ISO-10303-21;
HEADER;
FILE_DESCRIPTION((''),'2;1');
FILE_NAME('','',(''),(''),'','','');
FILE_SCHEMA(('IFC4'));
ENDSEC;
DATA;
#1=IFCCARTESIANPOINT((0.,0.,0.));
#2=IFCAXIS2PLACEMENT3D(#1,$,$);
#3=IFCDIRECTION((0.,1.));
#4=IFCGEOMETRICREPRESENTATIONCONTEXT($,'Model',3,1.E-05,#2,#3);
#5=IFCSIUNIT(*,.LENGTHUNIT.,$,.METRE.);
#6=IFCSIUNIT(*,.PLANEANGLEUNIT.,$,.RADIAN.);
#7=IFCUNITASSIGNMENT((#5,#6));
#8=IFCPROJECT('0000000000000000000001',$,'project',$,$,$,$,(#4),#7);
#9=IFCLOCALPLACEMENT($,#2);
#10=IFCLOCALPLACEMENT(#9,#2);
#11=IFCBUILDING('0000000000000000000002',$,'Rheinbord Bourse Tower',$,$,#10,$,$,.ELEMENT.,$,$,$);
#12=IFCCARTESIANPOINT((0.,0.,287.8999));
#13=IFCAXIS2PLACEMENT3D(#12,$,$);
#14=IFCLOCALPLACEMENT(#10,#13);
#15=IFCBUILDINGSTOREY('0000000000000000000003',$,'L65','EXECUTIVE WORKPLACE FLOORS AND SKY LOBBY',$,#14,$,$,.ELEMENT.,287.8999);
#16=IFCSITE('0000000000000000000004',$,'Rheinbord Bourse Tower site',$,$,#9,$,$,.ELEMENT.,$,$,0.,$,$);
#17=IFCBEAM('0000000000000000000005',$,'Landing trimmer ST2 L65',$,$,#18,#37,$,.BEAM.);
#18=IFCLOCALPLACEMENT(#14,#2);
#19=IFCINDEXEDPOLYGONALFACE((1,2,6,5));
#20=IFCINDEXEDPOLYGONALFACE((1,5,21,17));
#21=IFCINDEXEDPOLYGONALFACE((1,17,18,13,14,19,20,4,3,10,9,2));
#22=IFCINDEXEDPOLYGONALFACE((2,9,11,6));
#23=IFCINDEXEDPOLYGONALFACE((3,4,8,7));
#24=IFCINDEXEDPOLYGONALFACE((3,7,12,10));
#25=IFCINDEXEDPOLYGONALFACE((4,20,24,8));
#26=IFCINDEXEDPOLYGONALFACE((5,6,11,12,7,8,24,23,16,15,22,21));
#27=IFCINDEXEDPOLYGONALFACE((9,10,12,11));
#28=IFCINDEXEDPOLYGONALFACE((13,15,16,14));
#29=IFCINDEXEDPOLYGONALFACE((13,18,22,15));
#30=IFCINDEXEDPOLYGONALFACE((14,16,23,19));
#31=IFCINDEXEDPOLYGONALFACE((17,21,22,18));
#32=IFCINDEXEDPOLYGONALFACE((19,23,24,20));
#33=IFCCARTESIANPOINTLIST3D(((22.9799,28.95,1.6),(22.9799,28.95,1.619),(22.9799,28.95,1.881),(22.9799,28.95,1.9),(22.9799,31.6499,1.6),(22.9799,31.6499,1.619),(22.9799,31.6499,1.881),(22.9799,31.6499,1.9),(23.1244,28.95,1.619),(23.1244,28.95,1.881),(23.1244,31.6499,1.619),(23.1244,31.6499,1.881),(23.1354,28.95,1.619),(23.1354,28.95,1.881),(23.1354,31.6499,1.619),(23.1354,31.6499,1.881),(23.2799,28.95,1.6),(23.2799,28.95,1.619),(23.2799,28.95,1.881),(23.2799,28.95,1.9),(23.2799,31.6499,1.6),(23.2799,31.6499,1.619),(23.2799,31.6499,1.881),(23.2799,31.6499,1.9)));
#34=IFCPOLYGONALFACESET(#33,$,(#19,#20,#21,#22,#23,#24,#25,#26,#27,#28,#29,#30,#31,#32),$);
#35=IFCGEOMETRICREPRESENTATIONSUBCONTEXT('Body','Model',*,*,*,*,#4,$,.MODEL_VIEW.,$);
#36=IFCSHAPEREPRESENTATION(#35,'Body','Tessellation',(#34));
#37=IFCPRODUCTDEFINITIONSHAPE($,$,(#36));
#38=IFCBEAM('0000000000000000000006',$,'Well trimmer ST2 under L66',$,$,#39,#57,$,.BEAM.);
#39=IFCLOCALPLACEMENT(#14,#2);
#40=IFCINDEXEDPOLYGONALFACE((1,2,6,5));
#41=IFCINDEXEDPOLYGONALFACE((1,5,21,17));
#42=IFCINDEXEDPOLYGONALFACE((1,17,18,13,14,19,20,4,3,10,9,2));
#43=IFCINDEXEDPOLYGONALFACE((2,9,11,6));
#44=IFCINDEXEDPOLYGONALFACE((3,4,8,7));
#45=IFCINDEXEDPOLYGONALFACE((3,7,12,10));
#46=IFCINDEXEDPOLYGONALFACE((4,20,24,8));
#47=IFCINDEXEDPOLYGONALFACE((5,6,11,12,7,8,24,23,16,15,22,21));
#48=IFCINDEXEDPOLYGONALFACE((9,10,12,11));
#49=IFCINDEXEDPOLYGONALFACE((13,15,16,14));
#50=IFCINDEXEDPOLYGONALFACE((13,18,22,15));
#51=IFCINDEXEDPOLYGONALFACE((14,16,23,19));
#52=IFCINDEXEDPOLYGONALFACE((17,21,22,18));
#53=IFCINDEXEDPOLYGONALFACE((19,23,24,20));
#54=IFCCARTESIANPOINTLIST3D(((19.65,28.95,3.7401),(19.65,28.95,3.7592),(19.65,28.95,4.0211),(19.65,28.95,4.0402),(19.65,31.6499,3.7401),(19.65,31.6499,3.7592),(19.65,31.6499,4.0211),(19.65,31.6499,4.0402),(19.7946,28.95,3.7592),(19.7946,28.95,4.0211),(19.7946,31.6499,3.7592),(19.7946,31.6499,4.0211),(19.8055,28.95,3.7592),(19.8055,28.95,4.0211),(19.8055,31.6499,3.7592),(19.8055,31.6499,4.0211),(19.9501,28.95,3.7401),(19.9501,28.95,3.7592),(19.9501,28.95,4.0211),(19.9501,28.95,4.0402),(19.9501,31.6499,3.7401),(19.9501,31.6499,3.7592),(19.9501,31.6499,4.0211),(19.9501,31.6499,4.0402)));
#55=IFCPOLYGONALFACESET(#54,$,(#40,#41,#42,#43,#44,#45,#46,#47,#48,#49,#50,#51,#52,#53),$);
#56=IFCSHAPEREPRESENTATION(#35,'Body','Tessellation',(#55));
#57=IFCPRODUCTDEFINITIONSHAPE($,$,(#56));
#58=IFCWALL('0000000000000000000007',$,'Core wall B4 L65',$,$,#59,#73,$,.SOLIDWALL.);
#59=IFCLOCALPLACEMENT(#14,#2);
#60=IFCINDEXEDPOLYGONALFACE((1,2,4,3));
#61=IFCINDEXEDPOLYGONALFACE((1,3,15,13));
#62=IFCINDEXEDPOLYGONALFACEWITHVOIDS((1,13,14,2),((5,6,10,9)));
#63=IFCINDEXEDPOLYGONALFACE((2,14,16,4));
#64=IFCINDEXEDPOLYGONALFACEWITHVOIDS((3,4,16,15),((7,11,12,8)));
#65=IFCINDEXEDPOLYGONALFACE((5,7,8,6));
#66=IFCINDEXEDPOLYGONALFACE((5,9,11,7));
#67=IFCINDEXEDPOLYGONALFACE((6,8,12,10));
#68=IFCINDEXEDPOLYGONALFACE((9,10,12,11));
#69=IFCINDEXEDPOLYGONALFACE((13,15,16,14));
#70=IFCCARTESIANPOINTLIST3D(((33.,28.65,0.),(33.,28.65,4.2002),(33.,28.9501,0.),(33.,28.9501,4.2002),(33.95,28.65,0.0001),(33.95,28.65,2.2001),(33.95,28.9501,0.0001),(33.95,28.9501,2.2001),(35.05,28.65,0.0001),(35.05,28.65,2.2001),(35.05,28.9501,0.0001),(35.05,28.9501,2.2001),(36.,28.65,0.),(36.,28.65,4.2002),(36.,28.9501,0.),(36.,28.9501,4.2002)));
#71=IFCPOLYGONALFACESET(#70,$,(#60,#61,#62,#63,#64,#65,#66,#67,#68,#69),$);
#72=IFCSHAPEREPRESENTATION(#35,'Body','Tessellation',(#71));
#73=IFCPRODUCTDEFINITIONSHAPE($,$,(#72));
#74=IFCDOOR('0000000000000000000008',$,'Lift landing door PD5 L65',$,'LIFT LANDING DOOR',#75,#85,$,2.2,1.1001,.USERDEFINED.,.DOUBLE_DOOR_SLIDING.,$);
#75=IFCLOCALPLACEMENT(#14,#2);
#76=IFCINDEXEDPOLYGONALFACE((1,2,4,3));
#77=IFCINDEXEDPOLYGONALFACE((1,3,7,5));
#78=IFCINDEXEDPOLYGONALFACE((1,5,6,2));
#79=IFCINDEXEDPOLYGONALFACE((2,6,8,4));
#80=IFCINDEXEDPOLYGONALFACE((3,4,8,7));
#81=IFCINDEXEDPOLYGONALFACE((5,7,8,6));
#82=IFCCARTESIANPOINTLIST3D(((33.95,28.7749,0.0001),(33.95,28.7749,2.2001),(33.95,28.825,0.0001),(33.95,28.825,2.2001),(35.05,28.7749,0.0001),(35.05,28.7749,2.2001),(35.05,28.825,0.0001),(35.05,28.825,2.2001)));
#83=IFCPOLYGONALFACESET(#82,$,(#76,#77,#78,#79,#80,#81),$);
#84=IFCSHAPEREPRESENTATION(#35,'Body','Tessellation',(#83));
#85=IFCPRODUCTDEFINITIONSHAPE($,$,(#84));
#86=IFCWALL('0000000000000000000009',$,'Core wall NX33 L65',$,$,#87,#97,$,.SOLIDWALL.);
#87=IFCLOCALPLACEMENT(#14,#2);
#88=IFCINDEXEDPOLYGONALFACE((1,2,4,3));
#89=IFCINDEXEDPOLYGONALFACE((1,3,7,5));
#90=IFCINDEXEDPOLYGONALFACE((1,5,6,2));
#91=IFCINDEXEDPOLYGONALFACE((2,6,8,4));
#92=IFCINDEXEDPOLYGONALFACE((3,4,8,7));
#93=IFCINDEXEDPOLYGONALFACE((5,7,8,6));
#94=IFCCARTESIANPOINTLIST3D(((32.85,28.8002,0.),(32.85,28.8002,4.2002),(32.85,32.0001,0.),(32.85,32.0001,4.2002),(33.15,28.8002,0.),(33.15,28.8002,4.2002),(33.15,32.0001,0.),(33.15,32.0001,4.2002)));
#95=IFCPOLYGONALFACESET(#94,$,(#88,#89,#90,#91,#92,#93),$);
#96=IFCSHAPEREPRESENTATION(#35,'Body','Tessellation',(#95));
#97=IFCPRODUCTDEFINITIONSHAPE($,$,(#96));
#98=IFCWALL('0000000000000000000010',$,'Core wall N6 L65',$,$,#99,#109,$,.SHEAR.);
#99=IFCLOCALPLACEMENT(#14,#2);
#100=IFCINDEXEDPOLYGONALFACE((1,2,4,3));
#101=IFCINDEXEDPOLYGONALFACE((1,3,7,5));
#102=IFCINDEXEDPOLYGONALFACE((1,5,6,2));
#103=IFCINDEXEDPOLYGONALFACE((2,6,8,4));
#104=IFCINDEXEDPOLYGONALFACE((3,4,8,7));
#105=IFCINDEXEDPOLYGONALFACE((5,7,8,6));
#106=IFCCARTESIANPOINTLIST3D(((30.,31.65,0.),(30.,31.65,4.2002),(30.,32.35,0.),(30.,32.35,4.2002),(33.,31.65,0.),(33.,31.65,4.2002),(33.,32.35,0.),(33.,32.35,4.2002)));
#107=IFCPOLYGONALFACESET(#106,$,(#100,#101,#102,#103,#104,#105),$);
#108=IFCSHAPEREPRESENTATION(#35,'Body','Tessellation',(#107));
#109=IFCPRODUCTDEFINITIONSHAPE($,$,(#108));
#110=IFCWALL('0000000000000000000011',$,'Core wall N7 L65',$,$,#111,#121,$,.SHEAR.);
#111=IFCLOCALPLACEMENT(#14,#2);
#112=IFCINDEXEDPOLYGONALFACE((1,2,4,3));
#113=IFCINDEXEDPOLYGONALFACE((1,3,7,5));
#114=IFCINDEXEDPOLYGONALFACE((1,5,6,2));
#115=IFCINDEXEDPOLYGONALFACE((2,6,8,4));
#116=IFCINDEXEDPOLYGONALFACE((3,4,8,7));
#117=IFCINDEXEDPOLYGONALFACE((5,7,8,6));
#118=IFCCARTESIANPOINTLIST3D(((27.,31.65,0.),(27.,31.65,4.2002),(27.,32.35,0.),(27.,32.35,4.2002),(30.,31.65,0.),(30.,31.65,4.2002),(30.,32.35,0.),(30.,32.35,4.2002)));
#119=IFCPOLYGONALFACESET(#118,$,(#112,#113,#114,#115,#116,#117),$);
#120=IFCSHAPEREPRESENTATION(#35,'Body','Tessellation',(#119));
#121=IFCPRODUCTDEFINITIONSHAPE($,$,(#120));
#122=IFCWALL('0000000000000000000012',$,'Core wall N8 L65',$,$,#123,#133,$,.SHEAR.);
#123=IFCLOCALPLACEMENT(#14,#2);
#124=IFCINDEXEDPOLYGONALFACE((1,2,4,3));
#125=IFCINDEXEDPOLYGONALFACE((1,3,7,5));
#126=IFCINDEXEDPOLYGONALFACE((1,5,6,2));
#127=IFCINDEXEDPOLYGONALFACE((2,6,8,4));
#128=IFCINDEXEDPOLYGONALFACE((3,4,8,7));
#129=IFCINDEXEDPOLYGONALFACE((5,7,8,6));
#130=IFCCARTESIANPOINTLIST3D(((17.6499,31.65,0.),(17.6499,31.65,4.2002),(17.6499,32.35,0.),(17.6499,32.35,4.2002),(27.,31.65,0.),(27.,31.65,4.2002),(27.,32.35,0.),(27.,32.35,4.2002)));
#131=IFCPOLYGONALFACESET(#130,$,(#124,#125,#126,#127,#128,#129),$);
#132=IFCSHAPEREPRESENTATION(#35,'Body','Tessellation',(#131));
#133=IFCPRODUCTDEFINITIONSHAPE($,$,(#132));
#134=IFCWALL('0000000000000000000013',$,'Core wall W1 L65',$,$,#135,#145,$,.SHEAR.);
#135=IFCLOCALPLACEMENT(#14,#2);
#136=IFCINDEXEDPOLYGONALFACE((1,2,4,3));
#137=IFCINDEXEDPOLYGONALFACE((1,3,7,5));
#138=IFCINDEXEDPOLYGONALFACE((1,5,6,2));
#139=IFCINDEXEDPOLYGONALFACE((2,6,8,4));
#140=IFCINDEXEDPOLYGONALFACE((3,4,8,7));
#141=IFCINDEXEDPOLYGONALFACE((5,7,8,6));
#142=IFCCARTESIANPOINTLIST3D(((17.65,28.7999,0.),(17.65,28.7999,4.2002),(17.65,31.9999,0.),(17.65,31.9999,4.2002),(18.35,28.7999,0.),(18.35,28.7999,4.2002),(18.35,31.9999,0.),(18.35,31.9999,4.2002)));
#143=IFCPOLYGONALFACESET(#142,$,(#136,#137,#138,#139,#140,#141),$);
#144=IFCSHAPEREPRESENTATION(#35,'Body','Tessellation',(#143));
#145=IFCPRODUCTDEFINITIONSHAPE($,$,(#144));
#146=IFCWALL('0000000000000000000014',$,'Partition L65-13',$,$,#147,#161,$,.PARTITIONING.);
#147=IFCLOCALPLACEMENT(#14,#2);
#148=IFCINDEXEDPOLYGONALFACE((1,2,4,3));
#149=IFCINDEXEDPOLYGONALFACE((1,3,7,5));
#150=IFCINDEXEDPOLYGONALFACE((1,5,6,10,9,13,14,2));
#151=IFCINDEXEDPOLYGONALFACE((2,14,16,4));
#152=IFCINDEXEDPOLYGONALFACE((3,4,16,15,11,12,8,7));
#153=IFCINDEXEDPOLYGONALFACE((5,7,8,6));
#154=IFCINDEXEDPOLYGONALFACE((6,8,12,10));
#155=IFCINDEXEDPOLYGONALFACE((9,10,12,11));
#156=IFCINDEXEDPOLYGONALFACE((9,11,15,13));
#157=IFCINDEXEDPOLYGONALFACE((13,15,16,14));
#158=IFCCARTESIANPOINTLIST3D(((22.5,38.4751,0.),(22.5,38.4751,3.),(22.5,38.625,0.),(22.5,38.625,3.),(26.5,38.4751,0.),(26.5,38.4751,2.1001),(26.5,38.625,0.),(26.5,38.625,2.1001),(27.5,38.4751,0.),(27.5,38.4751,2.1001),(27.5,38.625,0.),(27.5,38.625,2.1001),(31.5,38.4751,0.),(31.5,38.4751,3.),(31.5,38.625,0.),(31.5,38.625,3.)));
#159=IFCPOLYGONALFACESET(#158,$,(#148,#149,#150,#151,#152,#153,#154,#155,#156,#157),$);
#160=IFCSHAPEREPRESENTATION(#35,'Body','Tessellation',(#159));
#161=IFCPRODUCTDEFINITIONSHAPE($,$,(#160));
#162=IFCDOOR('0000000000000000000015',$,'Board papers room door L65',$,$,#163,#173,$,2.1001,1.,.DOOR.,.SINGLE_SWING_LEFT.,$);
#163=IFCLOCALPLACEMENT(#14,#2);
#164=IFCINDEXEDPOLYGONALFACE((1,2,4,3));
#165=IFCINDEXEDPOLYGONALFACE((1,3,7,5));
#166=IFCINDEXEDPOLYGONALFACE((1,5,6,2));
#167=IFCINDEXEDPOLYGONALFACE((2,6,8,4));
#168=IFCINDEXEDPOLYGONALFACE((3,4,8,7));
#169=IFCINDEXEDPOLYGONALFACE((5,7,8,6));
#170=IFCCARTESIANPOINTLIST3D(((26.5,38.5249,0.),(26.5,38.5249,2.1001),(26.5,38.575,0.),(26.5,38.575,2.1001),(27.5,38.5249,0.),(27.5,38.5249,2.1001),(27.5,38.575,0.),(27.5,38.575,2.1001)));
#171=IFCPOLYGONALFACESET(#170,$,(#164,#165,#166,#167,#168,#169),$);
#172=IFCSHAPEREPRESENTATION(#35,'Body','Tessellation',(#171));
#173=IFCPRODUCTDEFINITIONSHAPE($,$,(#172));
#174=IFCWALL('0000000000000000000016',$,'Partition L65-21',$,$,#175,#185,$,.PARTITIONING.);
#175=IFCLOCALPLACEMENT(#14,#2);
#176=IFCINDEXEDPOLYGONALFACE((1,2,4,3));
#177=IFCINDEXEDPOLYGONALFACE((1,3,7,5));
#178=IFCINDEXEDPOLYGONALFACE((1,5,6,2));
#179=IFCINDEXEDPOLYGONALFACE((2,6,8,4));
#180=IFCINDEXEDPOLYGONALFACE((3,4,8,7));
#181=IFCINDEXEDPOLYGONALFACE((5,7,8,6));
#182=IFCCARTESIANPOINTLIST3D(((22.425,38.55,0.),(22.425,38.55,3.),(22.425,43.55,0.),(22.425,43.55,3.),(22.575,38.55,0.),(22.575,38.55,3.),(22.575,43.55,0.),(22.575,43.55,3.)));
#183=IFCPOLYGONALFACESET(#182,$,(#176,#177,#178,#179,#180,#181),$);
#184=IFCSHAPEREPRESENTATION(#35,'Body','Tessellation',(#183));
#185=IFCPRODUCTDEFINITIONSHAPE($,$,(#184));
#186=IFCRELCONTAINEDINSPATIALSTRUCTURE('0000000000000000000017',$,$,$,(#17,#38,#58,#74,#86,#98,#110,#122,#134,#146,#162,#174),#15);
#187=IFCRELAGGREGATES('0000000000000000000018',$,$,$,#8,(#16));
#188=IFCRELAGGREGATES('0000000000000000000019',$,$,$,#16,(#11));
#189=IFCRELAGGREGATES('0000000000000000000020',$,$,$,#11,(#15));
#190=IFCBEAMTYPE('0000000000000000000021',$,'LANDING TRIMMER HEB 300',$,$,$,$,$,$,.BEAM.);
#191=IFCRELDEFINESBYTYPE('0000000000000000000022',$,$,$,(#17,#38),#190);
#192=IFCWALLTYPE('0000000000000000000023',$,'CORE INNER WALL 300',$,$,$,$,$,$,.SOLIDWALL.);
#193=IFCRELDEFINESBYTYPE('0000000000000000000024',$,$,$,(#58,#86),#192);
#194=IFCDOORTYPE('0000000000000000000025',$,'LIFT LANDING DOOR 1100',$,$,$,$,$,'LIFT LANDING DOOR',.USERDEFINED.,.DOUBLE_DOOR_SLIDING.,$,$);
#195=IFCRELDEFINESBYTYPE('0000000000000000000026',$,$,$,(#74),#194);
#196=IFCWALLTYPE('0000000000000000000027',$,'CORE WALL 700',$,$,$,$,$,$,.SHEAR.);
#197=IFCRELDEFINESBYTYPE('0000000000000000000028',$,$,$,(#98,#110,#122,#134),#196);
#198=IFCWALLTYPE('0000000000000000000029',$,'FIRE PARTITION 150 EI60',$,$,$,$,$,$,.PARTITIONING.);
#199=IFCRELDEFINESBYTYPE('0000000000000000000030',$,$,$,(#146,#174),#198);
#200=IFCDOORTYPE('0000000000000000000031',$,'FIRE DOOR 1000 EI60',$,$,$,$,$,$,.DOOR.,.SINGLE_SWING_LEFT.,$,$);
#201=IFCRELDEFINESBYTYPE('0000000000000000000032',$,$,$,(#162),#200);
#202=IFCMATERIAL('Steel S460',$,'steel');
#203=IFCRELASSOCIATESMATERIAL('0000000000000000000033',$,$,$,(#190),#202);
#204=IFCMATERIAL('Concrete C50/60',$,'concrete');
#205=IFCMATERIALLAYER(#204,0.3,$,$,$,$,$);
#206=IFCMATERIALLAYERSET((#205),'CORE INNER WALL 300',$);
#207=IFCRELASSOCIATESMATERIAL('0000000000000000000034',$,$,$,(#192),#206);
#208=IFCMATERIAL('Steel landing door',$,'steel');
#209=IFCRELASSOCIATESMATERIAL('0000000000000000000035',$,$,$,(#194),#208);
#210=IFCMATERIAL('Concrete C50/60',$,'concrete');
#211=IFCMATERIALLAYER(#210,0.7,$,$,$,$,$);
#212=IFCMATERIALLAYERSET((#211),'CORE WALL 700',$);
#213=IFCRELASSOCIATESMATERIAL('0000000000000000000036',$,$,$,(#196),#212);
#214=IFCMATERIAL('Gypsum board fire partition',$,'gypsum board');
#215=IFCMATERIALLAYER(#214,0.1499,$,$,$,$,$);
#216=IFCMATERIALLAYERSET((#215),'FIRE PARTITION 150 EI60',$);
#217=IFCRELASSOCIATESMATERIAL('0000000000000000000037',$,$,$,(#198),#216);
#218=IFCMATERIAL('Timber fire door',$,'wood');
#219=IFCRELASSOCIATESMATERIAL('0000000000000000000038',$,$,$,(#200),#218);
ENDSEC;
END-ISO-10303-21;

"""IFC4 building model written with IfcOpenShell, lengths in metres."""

from ifc_helpers import new_model, si_unit, direction, frame, frame_2d, origin, origin_2d, place, context, subcontext, project, spatial, rectangle, i_section, extrude, material, layer, layer_set, material_profile, profile_set, type_object, element, fill, save


model = new_model("IFC4")

# Units and contexts
model_context = context("Model", 3, precision=1e-05, world=origin(), true_north=direction((0.0, 1.0)))
body_context = subcontext(model_context, "Body", "Model", "MODEL_VIEW")
ifc_project = project(units=[si_unit("LENGTHUNIT", "METRE"), si_unit("PLANEANGLEUNIT", "RADIAN")], contexts=[model_context])

# Site, building, storey
site_placement = place(None, origin())
site = spatial("IfcSite", under=ifc_project, at=site_placement, Name="Rheinbord Bourse Tower site", CompositionType="ELEMENT", RefElevation=0.0)
building_placement = place(site_placement, origin())
building = spatial("IfcBuilding", under=site, at=building_placement, Name="Rheinbord Bourse Tower", CompositionType="ELEMENT")
storey_placement = place(building_placement, frame((0.0, 0.0, 287.8999)))
storey = spatial("IfcBuildingStorey", under=building, at=storey_placement, Name="L65", Description="EXECUTIVE WORKPLACE FLOORS AND SKY LOBBY", CompositionType="ELEMENT", Elevation=287.8999)

# Beams
ifc_material_1 = material(Name="Steel S460", Category="steel")
ifc_material_profile = material_profile(ifc_material_1, i_section(OverallWidth=0.3, OverallDepth=0.3, WebThickness=0.011, FlangeThickness=0.019, at=origin_2d()), Name="HEB 300")
ifc_profile_set = profile_set([ifc_material_profile], Name="Steel S460")
beam_type = type_object("IfcBeamType", Name="LANDING TRIMMER HEB 300", PredefinedType="BEAM", material=ifc_profile_set)
for number, where, z_axis, x_axis, name in (
    (1, (23.1299, 28.95, 1.75), (0.0, 1.0, 0.0), (-1.0, 0.0, 0.0), "Landing trimmer ST2 L65"),
    (2, (19.8, 28.95, 3.8901), (0.0, 1.0, 0.0), (-1.0, 0.0, 0.0), "Well trimmer ST2 under L66"),
):
    element("IfcBeam", number, at=place(storey_placement, frame(where, z_axis=z_axis, x_axis=x_axis)), inside=storey, type_object=beam_type, Name=name, PredefinedType="BEAM", context=body_context, shape_type="SweptSolid", body=[
        extrude(i_section(OverallWidth=0.3, OverallDepth=0.3, WebThickness=0.011, FlangeThickness=0.019, at=origin_2d()), origin(), (0.0, 0.0, 1.0), 2.7),
    ])

# Wall, opening, door
ifc_material_2 = material(Name="Concrete C50/60", Category="concrete")
ifc_layer_1 = layer(ifc_material_2, 0.3)
ifc_layer_set_1 = layer_set([ifc_layer_1], Name="CORE INNER WALL 300")
wall_type_1 = type_object("IfcWallType", Name="CORE INNER WALL 300", PredefinedType="SOLIDWALL", material=ifc_layer_set_1)
wall_1_placement = place(storey_placement, frame((33.0, 28.8, 0.0), z_axis=(0.0, 0.0, 1.0), x_axis=(1.0, 0.0, 0.0)))
wall_1 = element("IfcWall", 3, at=wall_1_placement, inside=storey, type_object=wall_type_1, Name="Core wall B4 L65", PredefinedType="SOLIDWALL", context=body_context, shape_type="SweptSolid", body=[
    extrude(rectangle(XDim=3.0, YDim=0.3, at=frame_2d((1.5, 0.0))), origin(), (0.0, 0.0, 1.0), 4.2002),
])
opening_1_placement = place(wall_1_placement, frame((0.95, 0.0, 0.0)))
opening_1 = element("IfcOpeningElement", 4, at=opening_1_placement, cuts=wall_1, PredefinedType="OPENING", context=body_context, shape_type="SweptSolid", body=[
    extrude(rectangle(XDim=1.1001, YDim=2.2, at=frame_2d((0.55, 1.1001))), frame((0.0, 0.1599, 0.0), z_axis=(0.0, -1.0, 0.0), x_axis=(1.0, 0.0, 0.0)), (0.0, 0.0, 1.0), 0.3201),
])
ifc_material_3 = material(Name="Steel landing door", Category="steel")
door_type_1 = type_object("IfcDoorType", Name="LIFT LANDING DOOR 1100", ElementType="LIFT LANDING DOOR", OperationType="DOUBLE_DOOR_SLIDING", PredefinedType="USERDEFINED", material=ifc_material_3)
door_1_placement = place(opening_1_placement, origin())
door_1 = element("IfcDoor", 5, at=door_1_placement, inside=storey, type_object=door_type_1, Name="Lift landing door PD5 L65", ObjectType="LIFT LANDING DOOR", OperationType="DOUBLE_DOOR_SLIDING", OverallHeight=2.2, OverallWidth=1.1001, PredefinedType="USERDEFINED", context=body_context, shape_type="SweptSolid", body=[
    extrude(rectangle(XDim=1.1001, YDim=2.2, at=frame_2d((0.55, 1.1001))), frame((0.0, 0.0249, 0.0), z_axis=(0.0, -1.0, 0.0), x_axis=(1.0, 0.0, 0.0)), (0.0, 0.0, 1.0), 0.05),
])
fill(opening_1, door_1)

# Walls
wall_2_placement = place(storey_placement, frame((33.0, 28.8, 0.0), z_axis=(0.0, 0.0, 1.0), x_axis=(0.0, 1.0, 0.0)))
element("IfcWall", 6, at=wall_2_placement, inside=storey, type_object=wall_type_1, Name="Core wall NX33 L65", PredefinedType="SOLIDWALL", context=body_context, shape_type="SweptSolid", body=[
    extrude(rectangle(XDim=3.2, YDim=0.3, at=frame_2d((1.6001, 0.0))), origin(), (0.0, 0.0, 1.0), 4.2002),
])
ifc_material_4 = material(Name="Concrete C50/60", Category="concrete")
ifc_layer_2 = layer(ifc_material_4, 0.7)
ifc_layer_set_2 = layer_set([ifc_layer_2], Name="CORE WALL 700")
wall_type_2 = type_object("IfcWallType", Name="CORE WALL 700", PredefinedType="SHEAR", material=ifc_layer_set_2)
for number, where, z_axis, x_axis, name in (
    (7, (33.0, 32.0, 0.0), (0.0, 0.0, 1.0), (-1.0, 0.0, 0.0), "Core wall N6 L65"),
    (8, (30.0, 32.0, 0.0), (0.0, 0.0, 1.0), (-1.0, 0.0, 0.0), "Core wall N7 L65"),
):
    element("IfcWall", number, at=place(storey_placement, frame(where, z_axis=z_axis, x_axis=x_axis)), inside=storey, type_object=wall_type_2, Name=name, PredefinedType="SHEAR", context=body_context, shape_type="SweptSolid", body=[
        extrude(rectangle(XDim=3.0, YDim=0.7, at=frame_2d((1.5, 0.0))), origin(), (0.0, 0.0, 1.0), 4.2002),
    ])
wall_3_placement = place(storey_placement, frame((27.0, 32.0, 0.0), z_axis=(0.0, 0.0, 1.0), x_axis=(-1.0, 0.0, 0.0)))
element("IfcWall", 9, at=wall_3_placement, inside=storey, type_object=wall_type_2, Name="Core wall N8 L65", PredefinedType="SHEAR", context=body_context, shape_type="SweptSolid", body=[
    extrude(rectangle(XDim=9.3501, YDim=0.7, at=frame_2d((4.675, 0.0))), origin(), (0.0, 0.0, 1.0), 4.2002),
])
wall_4_placement = place(storey_placement, frame((18.0, 32.0, 0.0), z_axis=(0.0, 0.0, 1.0), x_axis=(0.0, -1.0, 0.0)))
element("IfcWall", 10, at=wall_4_placement, inside=storey, type_object=wall_type_2, Name="Core wall W1 L65", PredefinedType="SHEAR", context=body_context, shape_type="SweptSolid", body=[
    extrude(rectangle(XDim=3.2, YDim=0.7, at=frame_2d((1.6001, 0.0))), origin(), (0.0, 0.0, 1.0), 4.2002),
])

# Wall, opening, door
ifc_material_5 = material(Name="Gypsum board fire partition", Category="gypsum board")
ifc_layer_3 = layer(ifc_material_5, 0.1499)
ifc_layer_set_3 = layer_set([ifc_layer_3], Name="FIRE PARTITION 150 EI60")
wall_type_3 = type_object("IfcWallType", Name="FIRE PARTITION 150 EI60", PredefinedType="PARTITIONING", material=ifc_layer_set_3)
wall_5_placement = place(storey_placement, frame((22.5, 38.55, 0.0), z_axis=(0.0, 0.0, 1.0), x_axis=(1.0, 0.0, 0.0)))
wall_5 = element("IfcWall", 11, at=wall_5_placement, inside=storey, type_object=wall_type_3, Name="Partition L65-13", PredefinedType="PARTITIONING", context=body_context, shape_type="SweptSolid", body=[
    extrude(rectangle(XDim=9.0, YDim=0.1499, at=frame_2d((4.5, 0.0))), origin(), (0.0, 0.0, 1.0), 3.0),
])
opening_2_placement = place(wall_5_placement, frame((4.0, 0.0, 0.0)))
opening_2 = element("IfcOpeningElement", 12, at=opening_2_placement, cuts=wall_5, PredefinedType="OPENING", context=body_context, shape_type="SweptSolid", body=[
    extrude(rectangle(XDim=1.0, YDim=2.1001, at=frame_2d((0.5, 1.05))), frame((0.0, 0.085, 0.0), z_axis=(0.0, -1.0, 0.0), x_axis=(1.0, 0.0, 0.0)), (0.0, 0.0, 1.0), 0.1699),
])
ifc_material_6 = material(Name="Timber fire door", Category="wood")
door_type_2 = type_object("IfcDoorType", Name="FIRE DOOR 1000 EI60", OperationType="SINGLE_SWING_LEFT", PredefinedType="DOOR", material=ifc_material_6)
door_2_placement = place(opening_2_placement, origin())
door_2 = element("IfcDoor", 13, at=door_2_placement, inside=storey, type_object=door_type_2, Name="Board papers room door L65", OperationType="SINGLE_SWING_LEFT", OverallHeight=2.1001, OverallWidth=1.0, PredefinedType="DOOR", context=body_context, shape_type="SweptSolid", body=[
    extrude(rectangle(XDim=1.0, YDim=2.1001, at=frame_2d((0.5, 1.05))), frame((0.0, 0.0249, 0.0), z_axis=(0.0, -1.0, 0.0), x_axis=(1.0, 0.0, 0.0)), (0.0, 0.0, 1.0), 0.05),
])
fill(opening_2, door_2)

# Wall
wall_6_placement = place(storey_placement, frame((22.5, 38.55, 0.0), z_axis=(0.0, 0.0, 1.0), x_axis=(0.0, 1.0, 0.0)))
element("IfcWall", 14, at=wall_6_placement, inside=storey, type_object=wall_type_3, Name="Partition L65-21", PredefinedType="PARTITIONING", context=body_context, shape_type="SweptSolid", body=[
    extrude(rectangle(XDim=5.0, YDim=0.1499, at=frame_2d((2.5, 0.0))), origin(), (0.0, 0.0, 1.0), 3.0),
])

save(model, "model.ifc")
